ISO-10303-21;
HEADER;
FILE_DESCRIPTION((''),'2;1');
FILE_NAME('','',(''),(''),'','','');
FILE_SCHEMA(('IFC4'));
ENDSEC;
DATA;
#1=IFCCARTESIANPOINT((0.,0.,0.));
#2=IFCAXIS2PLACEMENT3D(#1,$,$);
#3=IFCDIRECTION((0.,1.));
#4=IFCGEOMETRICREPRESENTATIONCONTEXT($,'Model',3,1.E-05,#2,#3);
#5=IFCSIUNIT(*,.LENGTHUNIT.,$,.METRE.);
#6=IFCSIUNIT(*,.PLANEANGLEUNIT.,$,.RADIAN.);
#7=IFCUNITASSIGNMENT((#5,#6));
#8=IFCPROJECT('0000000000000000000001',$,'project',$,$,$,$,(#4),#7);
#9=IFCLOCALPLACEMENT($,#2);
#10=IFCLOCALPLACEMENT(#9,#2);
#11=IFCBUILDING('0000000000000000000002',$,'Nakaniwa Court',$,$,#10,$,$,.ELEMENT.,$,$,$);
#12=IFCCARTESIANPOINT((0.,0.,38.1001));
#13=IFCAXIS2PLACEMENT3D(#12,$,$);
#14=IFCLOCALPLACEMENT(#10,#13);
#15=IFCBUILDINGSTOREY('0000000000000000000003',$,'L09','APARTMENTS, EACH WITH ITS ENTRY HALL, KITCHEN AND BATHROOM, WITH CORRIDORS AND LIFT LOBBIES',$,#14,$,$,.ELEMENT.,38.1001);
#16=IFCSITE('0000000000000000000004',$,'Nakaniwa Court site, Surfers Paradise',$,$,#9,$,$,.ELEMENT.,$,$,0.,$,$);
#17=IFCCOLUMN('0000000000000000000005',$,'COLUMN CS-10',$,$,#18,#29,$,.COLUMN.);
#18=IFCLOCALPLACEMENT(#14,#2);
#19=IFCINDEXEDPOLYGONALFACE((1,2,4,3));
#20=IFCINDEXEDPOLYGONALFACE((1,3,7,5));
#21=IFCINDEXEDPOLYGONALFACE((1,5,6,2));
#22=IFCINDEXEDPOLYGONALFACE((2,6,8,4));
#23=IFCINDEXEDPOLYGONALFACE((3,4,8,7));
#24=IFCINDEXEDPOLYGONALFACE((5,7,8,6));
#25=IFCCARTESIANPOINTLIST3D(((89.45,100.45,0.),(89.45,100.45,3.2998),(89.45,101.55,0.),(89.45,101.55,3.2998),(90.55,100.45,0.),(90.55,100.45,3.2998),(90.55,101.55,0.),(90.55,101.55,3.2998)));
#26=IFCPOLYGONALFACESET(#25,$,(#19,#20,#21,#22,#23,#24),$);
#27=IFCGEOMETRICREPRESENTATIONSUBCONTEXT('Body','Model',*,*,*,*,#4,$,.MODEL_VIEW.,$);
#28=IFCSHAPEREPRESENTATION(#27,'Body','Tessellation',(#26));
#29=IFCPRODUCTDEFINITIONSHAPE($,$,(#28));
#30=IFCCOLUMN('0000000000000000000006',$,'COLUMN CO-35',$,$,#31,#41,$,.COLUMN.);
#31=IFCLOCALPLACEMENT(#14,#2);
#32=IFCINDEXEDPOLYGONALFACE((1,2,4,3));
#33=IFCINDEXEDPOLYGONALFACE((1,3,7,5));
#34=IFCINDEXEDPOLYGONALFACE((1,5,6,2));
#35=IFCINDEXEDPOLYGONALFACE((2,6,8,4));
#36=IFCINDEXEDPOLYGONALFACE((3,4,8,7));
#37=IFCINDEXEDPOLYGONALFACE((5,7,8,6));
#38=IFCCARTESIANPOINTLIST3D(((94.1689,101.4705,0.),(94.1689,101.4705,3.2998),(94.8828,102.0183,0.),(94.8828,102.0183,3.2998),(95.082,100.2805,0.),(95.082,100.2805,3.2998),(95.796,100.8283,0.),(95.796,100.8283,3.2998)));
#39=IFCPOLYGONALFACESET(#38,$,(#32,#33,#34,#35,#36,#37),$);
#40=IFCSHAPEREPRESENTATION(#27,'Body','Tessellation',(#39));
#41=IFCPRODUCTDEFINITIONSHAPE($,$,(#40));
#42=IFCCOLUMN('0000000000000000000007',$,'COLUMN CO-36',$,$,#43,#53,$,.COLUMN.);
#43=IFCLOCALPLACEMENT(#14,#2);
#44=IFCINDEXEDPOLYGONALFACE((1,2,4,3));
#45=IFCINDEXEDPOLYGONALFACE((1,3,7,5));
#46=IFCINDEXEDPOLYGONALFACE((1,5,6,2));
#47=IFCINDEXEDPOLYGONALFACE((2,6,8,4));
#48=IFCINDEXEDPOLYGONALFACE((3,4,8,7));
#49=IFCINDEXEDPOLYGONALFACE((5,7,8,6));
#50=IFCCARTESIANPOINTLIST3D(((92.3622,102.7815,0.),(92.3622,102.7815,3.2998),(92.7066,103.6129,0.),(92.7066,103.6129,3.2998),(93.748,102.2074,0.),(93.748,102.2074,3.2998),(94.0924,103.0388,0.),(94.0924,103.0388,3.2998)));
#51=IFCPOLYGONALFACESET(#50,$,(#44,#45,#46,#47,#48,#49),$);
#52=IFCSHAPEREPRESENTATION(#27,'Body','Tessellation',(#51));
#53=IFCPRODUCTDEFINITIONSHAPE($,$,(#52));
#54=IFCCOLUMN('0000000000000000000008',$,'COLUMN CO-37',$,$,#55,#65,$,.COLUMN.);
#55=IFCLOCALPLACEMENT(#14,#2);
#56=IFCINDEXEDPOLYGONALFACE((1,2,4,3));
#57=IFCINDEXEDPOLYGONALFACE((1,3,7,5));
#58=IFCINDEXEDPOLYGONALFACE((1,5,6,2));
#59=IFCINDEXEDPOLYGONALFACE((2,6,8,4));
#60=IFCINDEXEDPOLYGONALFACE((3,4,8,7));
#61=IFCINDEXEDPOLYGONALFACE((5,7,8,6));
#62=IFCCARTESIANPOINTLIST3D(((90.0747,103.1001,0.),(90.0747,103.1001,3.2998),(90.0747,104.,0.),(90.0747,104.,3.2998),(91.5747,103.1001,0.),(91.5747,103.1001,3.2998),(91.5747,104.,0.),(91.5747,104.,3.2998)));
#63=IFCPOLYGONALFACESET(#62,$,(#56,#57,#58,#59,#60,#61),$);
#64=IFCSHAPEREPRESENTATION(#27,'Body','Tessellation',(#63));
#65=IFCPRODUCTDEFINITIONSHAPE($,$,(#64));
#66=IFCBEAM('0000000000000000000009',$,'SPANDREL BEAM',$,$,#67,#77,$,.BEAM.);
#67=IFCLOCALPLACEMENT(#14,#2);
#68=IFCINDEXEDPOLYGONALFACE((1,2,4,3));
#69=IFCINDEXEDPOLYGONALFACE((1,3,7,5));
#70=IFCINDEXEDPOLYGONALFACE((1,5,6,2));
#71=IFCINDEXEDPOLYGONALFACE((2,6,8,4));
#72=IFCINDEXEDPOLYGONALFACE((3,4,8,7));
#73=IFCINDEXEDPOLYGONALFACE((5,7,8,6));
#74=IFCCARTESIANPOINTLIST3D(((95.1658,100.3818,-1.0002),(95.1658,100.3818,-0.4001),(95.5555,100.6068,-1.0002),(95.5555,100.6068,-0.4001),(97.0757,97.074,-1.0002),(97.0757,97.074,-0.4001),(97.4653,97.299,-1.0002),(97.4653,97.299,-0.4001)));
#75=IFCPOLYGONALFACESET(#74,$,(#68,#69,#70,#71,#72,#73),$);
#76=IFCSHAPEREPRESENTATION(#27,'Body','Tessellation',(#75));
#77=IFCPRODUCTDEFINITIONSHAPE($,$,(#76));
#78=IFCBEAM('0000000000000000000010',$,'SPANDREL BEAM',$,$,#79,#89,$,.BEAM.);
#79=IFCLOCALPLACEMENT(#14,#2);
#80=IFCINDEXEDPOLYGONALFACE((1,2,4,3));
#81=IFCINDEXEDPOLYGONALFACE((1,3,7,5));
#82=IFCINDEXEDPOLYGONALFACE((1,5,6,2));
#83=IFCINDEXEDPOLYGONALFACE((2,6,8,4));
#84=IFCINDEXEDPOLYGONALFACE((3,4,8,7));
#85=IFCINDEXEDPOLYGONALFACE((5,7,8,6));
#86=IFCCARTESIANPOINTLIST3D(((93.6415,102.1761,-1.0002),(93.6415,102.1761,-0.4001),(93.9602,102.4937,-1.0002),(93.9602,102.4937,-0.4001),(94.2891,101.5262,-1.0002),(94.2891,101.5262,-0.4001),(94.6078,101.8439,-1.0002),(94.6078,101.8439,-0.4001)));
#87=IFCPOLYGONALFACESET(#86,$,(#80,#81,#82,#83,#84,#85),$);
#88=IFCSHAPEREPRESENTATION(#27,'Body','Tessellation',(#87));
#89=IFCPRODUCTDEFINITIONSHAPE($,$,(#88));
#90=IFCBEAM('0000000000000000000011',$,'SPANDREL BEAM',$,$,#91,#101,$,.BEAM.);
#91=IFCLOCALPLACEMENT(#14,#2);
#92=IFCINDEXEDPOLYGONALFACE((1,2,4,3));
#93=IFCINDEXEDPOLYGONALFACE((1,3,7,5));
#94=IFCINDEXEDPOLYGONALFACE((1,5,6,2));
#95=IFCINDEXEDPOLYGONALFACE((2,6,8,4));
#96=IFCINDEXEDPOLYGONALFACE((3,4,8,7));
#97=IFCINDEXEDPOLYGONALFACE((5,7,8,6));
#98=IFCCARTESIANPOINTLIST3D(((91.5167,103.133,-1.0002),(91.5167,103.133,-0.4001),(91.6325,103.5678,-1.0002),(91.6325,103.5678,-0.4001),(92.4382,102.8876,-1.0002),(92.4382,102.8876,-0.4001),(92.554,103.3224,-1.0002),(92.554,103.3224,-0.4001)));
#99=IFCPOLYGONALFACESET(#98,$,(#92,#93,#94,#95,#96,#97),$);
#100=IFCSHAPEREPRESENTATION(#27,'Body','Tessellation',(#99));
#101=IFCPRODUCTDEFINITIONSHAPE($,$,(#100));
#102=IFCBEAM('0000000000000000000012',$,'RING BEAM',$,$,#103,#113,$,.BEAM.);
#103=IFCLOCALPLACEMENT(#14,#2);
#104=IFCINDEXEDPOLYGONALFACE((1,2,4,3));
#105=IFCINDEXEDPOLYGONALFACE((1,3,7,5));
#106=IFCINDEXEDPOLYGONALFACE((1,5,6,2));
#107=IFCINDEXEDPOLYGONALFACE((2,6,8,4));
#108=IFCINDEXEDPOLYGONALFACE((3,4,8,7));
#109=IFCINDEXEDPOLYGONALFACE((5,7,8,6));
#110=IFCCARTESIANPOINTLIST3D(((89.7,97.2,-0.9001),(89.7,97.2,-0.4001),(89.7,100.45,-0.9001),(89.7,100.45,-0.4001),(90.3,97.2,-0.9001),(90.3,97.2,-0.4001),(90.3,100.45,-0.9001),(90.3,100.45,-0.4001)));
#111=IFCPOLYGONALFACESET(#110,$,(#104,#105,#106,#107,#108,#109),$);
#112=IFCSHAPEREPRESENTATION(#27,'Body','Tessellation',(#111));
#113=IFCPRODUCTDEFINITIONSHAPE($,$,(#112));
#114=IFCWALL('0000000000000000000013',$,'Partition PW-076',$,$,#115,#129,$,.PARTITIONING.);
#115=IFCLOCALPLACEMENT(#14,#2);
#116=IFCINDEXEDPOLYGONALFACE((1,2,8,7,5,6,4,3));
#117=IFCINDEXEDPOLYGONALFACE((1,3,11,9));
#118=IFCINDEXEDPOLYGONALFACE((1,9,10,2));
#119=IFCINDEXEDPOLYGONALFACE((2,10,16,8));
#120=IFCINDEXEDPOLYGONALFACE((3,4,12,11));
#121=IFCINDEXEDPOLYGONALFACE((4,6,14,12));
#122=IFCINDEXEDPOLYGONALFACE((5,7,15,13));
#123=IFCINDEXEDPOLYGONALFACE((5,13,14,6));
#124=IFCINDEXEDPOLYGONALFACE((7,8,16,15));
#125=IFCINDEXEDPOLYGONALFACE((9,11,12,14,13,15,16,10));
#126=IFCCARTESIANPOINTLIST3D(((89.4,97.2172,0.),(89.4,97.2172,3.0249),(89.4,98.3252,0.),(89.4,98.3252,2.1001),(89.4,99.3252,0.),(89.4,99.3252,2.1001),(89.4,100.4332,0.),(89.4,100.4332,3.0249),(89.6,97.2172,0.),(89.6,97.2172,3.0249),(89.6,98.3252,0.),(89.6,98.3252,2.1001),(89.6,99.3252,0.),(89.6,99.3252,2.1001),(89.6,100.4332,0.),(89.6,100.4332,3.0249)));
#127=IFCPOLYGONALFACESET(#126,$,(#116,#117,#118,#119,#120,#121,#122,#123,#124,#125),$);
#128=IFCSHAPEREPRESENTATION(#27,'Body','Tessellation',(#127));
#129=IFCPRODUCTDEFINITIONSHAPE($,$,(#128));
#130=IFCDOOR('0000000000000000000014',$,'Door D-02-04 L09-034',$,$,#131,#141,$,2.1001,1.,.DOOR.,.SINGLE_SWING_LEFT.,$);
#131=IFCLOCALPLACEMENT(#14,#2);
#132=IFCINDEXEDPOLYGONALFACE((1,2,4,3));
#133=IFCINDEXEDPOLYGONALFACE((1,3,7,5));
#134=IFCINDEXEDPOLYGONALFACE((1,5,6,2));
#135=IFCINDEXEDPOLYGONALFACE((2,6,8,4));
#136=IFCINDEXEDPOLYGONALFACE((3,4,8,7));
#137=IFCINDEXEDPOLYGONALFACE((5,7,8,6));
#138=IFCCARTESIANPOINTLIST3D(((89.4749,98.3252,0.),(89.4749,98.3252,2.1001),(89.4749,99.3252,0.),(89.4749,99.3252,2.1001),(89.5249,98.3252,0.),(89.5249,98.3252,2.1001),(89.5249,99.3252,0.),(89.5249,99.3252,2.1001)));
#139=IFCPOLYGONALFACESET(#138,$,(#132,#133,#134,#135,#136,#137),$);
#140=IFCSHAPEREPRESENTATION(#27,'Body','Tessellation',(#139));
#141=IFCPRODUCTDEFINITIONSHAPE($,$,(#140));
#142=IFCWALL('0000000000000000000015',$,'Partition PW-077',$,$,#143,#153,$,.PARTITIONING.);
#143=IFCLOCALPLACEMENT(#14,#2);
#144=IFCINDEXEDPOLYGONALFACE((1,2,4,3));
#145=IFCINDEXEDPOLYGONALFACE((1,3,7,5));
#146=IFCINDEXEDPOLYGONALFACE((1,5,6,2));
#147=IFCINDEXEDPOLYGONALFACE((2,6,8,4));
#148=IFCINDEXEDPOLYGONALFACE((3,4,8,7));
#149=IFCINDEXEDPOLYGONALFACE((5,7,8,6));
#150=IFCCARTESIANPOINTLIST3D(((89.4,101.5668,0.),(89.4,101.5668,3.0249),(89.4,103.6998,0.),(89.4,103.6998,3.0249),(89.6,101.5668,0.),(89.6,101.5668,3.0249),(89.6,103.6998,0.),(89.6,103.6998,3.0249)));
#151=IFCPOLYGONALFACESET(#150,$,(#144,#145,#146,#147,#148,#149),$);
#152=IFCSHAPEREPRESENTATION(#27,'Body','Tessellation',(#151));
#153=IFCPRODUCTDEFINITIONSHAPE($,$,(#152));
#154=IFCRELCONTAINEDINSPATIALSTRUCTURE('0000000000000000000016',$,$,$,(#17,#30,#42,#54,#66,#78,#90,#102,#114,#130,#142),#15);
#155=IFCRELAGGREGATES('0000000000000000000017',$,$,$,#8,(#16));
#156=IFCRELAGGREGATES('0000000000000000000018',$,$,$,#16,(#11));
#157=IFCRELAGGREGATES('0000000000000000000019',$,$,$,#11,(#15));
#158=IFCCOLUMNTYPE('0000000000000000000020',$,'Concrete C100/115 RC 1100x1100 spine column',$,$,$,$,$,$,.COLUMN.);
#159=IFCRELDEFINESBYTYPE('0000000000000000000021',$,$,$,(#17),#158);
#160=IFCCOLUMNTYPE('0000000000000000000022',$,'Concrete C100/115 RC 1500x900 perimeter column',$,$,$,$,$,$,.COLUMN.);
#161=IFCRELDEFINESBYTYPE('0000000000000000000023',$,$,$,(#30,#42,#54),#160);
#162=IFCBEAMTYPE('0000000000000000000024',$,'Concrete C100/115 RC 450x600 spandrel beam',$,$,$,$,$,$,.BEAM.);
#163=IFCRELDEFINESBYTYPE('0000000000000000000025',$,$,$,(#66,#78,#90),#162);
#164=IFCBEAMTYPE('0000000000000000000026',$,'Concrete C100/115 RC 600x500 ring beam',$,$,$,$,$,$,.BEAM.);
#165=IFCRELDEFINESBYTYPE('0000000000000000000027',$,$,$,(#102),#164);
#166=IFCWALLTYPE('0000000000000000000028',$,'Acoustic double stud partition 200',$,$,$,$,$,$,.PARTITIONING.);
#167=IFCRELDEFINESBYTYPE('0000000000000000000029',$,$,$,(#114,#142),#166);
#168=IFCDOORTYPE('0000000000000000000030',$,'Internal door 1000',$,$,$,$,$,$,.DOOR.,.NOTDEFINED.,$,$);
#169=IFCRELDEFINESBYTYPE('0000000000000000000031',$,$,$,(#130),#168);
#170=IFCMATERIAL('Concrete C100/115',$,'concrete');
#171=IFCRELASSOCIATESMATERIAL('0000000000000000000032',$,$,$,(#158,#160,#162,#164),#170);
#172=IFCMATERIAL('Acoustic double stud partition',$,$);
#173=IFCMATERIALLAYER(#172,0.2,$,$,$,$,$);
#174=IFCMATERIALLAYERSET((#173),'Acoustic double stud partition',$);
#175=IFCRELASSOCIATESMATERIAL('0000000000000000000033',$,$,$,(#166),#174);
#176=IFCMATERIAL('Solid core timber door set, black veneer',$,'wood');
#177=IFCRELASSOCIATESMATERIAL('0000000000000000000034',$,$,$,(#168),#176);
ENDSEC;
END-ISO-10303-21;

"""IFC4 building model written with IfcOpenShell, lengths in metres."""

from ifc_helpers import new_model, si_unit, direction, frame, frame_2d, origin, origin_2d, place, context, subcontext, project, spatial, rectangle, extrude, material, layer, layer_set, material_profile, profile_set, type_object, element, fill, save


model = new_model("IFC4")

# Units and contexts
model_context = context("Model", 3, precision=1e-05, world=origin(), true_north=direction((0.0, 1.0)))
body_context = subcontext(model_context, "Body", "Model", "MODEL_VIEW")
ifc_project = project(units=[si_unit("LENGTHUNIT", "METRE"), si_unit("PLANEANGLEUNIT", "RADIAN")], contexts=[model_context])

# Site, building, storey
site_placement = place(None, origin())
site = spatial("IfcSite", under=ifc_project, at=site_placement, Name="Nakaniwa Court site, Surfers Paradise", CompositionType="ELEMENT", RefElevation=0.0)
building_placement = place(site_placement, origin())
building = spatial("IfcBuilding", under=site, at=building_placement, Name="Nakaniwa Court", CompositionType="ELEMENT")
storey_placement = place(building_placement, frame((0.0, 0.0, 38.1001)))
storey = spatial("IfcBuildingStorey", under=building, at=storey_placement, Name="L09", Description="APARTMENTS, EACH WITH ITS ENTRY HALL, KITCHEN AND BATHROOM, WITH CORRIDORS AND LIFT LOBBIES", CompositionType="ELEMENT", Elevation=38.1001)

# Columns
ifc_material_1 = material(Name="Concrete C100/115", Category="concrete")
ifc_material_profile_1 = material_profile(ifc_material_1, rectangle(XDim=1.1001, YDim=1.1001, at=origin_2d()), Name="Concrete C100/115 RC 1100x1100 spine column")
ifc_profile_set_1 = profile_set([ifc_material_profile_1], Name="Concrete C100/115")
column_type_1 = type_object("IfcColumnType", Name="Concrete C100/115 RC 1100x1100 spine column", PredefinedType="COLUMN", material=ifc_profile_set_1)
column_placement = place(storey_placement, frame((90.0, 101.0, 0.0), z_axis=(0.0, 0.0, 1.0), x_axis=(0.0, 1.0, 0.0)))
element("IfcColumn", 1, at=column_placement, inside=storey, type_object=column_type_1, Name="COLUMN CS-10", PredefinedType="COLUMN", context=body_context, shape_type="SweptSolid", body=[
    extrude(rectangle(XDim=1.1001, YDim=1.1001, at=origin_2d()), origin(), (0.0, 0.0, 1.0), 3.2998),
])
ifc_material_profile_2 = material_profile(ifc_material_1, rectangle(XDim=1.5, YDim=0.8999, at=origin_2d()), Name="Concrete C100/115 RC 1500x900 perimeter column")
ifc_profile_set_2 = profile_set([ifc_material_profile_2], Name="Concrete C100/115")
column_type_2 = type_object("IfcColumnType", Name="Concrete C100/115 RC 1500x900 perimeter column", PredefinedType="COLUMN", material=ifc_profile_set_2)
for number, where, z_axis, x_axis, name in (
    (2, (94.9824, 101.1494, 0.0), (0.0, 0.0, 1.0), (-0.608761, 0.793353, 0.0), "COLUMN CO-35"),
    (3, (93.2273, 102.9102, 0.0), (0.0, 0.0, 1.0), (-0.92388, 0.382683, 0.0), "COLUMN CO-36"),
    (4, (90.8247, 103.55, 0.0), (0.0, 0.0, 1.0), (-1.0, 0.0, 0.0), "COLUMN CO-37"),
):
    element("IfcColumn", number, at=place(storey_placement, frame(where, z_axis=z_axis, x_axis=x_axis)), inside=storey, type_object=column_type_2, Name=name, PredefinedType="COLUMN", context=body_context, shape_type="SweptSolid", body=[
        extrude(rectangle(XDim=1.5, YDim=0.8999, at=origin_2d()), origin(), (0.0, 0.0, 1.0), 3.2998),
    ])

# Beams
ifc_material_profile_3 = material_profile(ifc_material_1, rectangle(XDim=0.45, YDim=0.6001, at=origin_2d()), Name="Concrete C100/115 RC 450x600 spandrel beam")
ifc_profile_set_3 = profile_set([ifc_material_profile_3], Name="Concrete C100/115")
beam_type_1 = type_object("IfcBeamType", Name="Concrete C100/115 RC 450x600 spandrel beam", PredefinedType="BEAM", material=ifc_profile_set_3)
beam_1_placement = place(storey_placement, frame((97.2705, 97.1865, -0.7002), z_axis=(-0.500023, 0.866012, 0.0), x_axis=(-0.866012, -0.500023, 0.0)))
element("IfcBeam", 5, at=beam_1_placement, inside=storey, type_object=beam_type_1, Name="SPANDREL BEAM", PredefinedType="BEAM", context=body_context, shape_type="SweptSolid", body=[
    extrude(rectangle(XDim=0.45, YDim=0.6001, at=origin_2d()), origin(), (0.0, 0.0, 1.0), 3.8196),
])
beam_2_placement = place(storey_placement, frame((94.4485, 101.6851, -0.7002), z_axis=(-0.705908, 0.708303, 0.0), x_axis=(-0.708303, -0.705908, 0.0)))
element("IfcBeam", 6, at=beam_2_placement, inside=storey, type_object=beam_type_1, Name="SPANDREL BEAM", PredefinedType="BEAM", context=body_context, shape_type="SweptSolid", body=[
    extrude(rectangle(XDim=0.45, YDim=0.6001, at=origin_2d()), origin(), (0.0, 0.0, 1.0), 0.9175),
])
beam_3_placement = place(storey_placement, frame((92.4961, 103.105, -0.7002), z_axis=(-0.966324, 0.257328, 0.0), x_axis=(-0.257328, -0.966324, 0.0)))
element("IfcBeam", 7, at=beam_3_placement, inside=storey, type_object=beam_type_1, Name="SPANDREL BEAM", PredefinedType="BEAM", context=body_context, shape_type="SweptSolid", body=[
    extrude(rectangle(XDim=0.45, YDim=0.6001, at=origin_2d()), origin(), (0.0, 0.0, 1.0), 0.9536),
])
ifc_material_profile_4 = material_profile(ifc_material_1, rectangle(XDim=0.6001, YDim=0.5, at=origin_2d()), Name="Concrete C100/115 RC 600x500 ring beam")
ifc_profile_set_4 = profile_set([ifc_material_profile_4], Name="Concrete C100/115")
beam_type_2 = type_object("IfcBeamType", Name="Concrete C100/115 RC 600x500 ring beam", PredefinedType="BEAM", material=ifc_profile_set_4)
beam_4_placement = place(storey_placement, frame((90.0, 97.2, -0.6501), z_axis=(0.0, 1.0, 0.0), x_axis=(-1.0, 0.0, 0.0)))
element("IfcBeam", 8, at=beam_4_placement, inside=storey, type_object=beam_type_2, Name="RING BEAM", PredefinedType="BEAM", context=body_context, shape_type="SweptSolid", body=[
    extrude(rectangle(XDim=0.6001, YDim=0.5, at=origin_2d()), origin(), (0.0, 0.0, 1.0), 3.25),
])

# Wall, opening, door
ifc_material_2 = material(Name="Acoustic double stud partition")
ifc_layer_1 = layer(ifc_material_2, 0.2)
ifc_layer_set_1 = layer_set([ifc_layer_1], Name="Acoustic double stud partition")
wall_type_1 = type_object("IfcWallType", Name="Acoustic double stud partition 200", PredefinedType="PARTITIONING", material=ifc_layer_set_1)
wall_1_placement = place(storey_placement, frame((89.5, 100.4331, 0.0), z_axis=(0.0, 0.0, 1.0), x_axis=(0.0, -1.0, 0.0)))
wall_1 = element("IfcWall", 9, at=wall_1_placement, inside=storey, type_object=wall_type_1, Name="Partition PW-076", PredefinedType="PARTITIONING", context=body_context, shape_type="SweptSolid", body=[
    extrude(rectangle(XDim=3.2161, YDim=0.2, at=frame_2d((1.6079, 0.0))), origin(), (0.0, 0.0, 1.0), 3.0249),
])
opening_1_placement = place(wall_1_placement, frame((1.1079, 0.0, 0.0)))
opening_1 = element("IfcOpeningElement", 10, at=opening_1_placement, cuts=wall_1, PredefinedType="OPENING", context=body_context, shape_type="SweptSolid", body=[
    extrude(rectangle(XDim=1.0, YDim=2.1001, at=frame_2d((0.5, 1.05))), frame((0.0, 0.1099, 0.0), z_axis=(0.0, -1.0, 0.0), x_axis=(1.0, 0.0, 0.0)), (0.0, 0.0, 1.0), 0.22),
])
ifc_material_3 = material(Name="Solid core timber door set, black veneer", Category="wood")
door_type = type_object("IfcDoorType", Name="Internal door 1000", OperationType="NOTDEFINED", PredefinedType="DOOR", material=ifc_material_3)
door_placement = place(opening_1_placement, origin())
door = element("IfcDoor", 11, at=door_placement, inside=storey, type_object=door_type, Name="Door D-02-04 L09-034", OperationType="SINGLE_SWING_LEFT", OverallHeight=2.1001, OverallWidth=1.0, PredefinedType="DOOR", context=body_context, shape_type="SweptSolid", body=[
    extrude(rectangle(XDim=1.0, YDim=2.1001, at=frame_2d((0.5, 1.05))), frame((0.0, 0.0249, 0.0), z_axis=(0.0, -1.0, 0.0), x_axis=(1.0, 0.0, 0.0)), (0.0, 0.0, 1.0), 0.05),
])
fill(opening_1, door)

# Wall
wall_2_placement = place(storey_placement, frame((89.5, 101.5669, 0.0), z_axis=(0.0, 0.0, 1.0), x_axis=(0.0, 1.0, 0.0)))
element("IfcWall", 12, at=wall_2_placement, inside=storey, type_object=wall_type_1, Name="Partition PW-077", PredefinedType="PARTITIONING", context=body_context, shape_type="SweptSolid", body=[
    extrude(rectangle(XDim=2.1331, YDim=0.2, at=frame_2d((1.0664, 0.0))), origin(), (0.0, 0.0, 1.0), 3.0249),
])

save(model, "model.ifc")
